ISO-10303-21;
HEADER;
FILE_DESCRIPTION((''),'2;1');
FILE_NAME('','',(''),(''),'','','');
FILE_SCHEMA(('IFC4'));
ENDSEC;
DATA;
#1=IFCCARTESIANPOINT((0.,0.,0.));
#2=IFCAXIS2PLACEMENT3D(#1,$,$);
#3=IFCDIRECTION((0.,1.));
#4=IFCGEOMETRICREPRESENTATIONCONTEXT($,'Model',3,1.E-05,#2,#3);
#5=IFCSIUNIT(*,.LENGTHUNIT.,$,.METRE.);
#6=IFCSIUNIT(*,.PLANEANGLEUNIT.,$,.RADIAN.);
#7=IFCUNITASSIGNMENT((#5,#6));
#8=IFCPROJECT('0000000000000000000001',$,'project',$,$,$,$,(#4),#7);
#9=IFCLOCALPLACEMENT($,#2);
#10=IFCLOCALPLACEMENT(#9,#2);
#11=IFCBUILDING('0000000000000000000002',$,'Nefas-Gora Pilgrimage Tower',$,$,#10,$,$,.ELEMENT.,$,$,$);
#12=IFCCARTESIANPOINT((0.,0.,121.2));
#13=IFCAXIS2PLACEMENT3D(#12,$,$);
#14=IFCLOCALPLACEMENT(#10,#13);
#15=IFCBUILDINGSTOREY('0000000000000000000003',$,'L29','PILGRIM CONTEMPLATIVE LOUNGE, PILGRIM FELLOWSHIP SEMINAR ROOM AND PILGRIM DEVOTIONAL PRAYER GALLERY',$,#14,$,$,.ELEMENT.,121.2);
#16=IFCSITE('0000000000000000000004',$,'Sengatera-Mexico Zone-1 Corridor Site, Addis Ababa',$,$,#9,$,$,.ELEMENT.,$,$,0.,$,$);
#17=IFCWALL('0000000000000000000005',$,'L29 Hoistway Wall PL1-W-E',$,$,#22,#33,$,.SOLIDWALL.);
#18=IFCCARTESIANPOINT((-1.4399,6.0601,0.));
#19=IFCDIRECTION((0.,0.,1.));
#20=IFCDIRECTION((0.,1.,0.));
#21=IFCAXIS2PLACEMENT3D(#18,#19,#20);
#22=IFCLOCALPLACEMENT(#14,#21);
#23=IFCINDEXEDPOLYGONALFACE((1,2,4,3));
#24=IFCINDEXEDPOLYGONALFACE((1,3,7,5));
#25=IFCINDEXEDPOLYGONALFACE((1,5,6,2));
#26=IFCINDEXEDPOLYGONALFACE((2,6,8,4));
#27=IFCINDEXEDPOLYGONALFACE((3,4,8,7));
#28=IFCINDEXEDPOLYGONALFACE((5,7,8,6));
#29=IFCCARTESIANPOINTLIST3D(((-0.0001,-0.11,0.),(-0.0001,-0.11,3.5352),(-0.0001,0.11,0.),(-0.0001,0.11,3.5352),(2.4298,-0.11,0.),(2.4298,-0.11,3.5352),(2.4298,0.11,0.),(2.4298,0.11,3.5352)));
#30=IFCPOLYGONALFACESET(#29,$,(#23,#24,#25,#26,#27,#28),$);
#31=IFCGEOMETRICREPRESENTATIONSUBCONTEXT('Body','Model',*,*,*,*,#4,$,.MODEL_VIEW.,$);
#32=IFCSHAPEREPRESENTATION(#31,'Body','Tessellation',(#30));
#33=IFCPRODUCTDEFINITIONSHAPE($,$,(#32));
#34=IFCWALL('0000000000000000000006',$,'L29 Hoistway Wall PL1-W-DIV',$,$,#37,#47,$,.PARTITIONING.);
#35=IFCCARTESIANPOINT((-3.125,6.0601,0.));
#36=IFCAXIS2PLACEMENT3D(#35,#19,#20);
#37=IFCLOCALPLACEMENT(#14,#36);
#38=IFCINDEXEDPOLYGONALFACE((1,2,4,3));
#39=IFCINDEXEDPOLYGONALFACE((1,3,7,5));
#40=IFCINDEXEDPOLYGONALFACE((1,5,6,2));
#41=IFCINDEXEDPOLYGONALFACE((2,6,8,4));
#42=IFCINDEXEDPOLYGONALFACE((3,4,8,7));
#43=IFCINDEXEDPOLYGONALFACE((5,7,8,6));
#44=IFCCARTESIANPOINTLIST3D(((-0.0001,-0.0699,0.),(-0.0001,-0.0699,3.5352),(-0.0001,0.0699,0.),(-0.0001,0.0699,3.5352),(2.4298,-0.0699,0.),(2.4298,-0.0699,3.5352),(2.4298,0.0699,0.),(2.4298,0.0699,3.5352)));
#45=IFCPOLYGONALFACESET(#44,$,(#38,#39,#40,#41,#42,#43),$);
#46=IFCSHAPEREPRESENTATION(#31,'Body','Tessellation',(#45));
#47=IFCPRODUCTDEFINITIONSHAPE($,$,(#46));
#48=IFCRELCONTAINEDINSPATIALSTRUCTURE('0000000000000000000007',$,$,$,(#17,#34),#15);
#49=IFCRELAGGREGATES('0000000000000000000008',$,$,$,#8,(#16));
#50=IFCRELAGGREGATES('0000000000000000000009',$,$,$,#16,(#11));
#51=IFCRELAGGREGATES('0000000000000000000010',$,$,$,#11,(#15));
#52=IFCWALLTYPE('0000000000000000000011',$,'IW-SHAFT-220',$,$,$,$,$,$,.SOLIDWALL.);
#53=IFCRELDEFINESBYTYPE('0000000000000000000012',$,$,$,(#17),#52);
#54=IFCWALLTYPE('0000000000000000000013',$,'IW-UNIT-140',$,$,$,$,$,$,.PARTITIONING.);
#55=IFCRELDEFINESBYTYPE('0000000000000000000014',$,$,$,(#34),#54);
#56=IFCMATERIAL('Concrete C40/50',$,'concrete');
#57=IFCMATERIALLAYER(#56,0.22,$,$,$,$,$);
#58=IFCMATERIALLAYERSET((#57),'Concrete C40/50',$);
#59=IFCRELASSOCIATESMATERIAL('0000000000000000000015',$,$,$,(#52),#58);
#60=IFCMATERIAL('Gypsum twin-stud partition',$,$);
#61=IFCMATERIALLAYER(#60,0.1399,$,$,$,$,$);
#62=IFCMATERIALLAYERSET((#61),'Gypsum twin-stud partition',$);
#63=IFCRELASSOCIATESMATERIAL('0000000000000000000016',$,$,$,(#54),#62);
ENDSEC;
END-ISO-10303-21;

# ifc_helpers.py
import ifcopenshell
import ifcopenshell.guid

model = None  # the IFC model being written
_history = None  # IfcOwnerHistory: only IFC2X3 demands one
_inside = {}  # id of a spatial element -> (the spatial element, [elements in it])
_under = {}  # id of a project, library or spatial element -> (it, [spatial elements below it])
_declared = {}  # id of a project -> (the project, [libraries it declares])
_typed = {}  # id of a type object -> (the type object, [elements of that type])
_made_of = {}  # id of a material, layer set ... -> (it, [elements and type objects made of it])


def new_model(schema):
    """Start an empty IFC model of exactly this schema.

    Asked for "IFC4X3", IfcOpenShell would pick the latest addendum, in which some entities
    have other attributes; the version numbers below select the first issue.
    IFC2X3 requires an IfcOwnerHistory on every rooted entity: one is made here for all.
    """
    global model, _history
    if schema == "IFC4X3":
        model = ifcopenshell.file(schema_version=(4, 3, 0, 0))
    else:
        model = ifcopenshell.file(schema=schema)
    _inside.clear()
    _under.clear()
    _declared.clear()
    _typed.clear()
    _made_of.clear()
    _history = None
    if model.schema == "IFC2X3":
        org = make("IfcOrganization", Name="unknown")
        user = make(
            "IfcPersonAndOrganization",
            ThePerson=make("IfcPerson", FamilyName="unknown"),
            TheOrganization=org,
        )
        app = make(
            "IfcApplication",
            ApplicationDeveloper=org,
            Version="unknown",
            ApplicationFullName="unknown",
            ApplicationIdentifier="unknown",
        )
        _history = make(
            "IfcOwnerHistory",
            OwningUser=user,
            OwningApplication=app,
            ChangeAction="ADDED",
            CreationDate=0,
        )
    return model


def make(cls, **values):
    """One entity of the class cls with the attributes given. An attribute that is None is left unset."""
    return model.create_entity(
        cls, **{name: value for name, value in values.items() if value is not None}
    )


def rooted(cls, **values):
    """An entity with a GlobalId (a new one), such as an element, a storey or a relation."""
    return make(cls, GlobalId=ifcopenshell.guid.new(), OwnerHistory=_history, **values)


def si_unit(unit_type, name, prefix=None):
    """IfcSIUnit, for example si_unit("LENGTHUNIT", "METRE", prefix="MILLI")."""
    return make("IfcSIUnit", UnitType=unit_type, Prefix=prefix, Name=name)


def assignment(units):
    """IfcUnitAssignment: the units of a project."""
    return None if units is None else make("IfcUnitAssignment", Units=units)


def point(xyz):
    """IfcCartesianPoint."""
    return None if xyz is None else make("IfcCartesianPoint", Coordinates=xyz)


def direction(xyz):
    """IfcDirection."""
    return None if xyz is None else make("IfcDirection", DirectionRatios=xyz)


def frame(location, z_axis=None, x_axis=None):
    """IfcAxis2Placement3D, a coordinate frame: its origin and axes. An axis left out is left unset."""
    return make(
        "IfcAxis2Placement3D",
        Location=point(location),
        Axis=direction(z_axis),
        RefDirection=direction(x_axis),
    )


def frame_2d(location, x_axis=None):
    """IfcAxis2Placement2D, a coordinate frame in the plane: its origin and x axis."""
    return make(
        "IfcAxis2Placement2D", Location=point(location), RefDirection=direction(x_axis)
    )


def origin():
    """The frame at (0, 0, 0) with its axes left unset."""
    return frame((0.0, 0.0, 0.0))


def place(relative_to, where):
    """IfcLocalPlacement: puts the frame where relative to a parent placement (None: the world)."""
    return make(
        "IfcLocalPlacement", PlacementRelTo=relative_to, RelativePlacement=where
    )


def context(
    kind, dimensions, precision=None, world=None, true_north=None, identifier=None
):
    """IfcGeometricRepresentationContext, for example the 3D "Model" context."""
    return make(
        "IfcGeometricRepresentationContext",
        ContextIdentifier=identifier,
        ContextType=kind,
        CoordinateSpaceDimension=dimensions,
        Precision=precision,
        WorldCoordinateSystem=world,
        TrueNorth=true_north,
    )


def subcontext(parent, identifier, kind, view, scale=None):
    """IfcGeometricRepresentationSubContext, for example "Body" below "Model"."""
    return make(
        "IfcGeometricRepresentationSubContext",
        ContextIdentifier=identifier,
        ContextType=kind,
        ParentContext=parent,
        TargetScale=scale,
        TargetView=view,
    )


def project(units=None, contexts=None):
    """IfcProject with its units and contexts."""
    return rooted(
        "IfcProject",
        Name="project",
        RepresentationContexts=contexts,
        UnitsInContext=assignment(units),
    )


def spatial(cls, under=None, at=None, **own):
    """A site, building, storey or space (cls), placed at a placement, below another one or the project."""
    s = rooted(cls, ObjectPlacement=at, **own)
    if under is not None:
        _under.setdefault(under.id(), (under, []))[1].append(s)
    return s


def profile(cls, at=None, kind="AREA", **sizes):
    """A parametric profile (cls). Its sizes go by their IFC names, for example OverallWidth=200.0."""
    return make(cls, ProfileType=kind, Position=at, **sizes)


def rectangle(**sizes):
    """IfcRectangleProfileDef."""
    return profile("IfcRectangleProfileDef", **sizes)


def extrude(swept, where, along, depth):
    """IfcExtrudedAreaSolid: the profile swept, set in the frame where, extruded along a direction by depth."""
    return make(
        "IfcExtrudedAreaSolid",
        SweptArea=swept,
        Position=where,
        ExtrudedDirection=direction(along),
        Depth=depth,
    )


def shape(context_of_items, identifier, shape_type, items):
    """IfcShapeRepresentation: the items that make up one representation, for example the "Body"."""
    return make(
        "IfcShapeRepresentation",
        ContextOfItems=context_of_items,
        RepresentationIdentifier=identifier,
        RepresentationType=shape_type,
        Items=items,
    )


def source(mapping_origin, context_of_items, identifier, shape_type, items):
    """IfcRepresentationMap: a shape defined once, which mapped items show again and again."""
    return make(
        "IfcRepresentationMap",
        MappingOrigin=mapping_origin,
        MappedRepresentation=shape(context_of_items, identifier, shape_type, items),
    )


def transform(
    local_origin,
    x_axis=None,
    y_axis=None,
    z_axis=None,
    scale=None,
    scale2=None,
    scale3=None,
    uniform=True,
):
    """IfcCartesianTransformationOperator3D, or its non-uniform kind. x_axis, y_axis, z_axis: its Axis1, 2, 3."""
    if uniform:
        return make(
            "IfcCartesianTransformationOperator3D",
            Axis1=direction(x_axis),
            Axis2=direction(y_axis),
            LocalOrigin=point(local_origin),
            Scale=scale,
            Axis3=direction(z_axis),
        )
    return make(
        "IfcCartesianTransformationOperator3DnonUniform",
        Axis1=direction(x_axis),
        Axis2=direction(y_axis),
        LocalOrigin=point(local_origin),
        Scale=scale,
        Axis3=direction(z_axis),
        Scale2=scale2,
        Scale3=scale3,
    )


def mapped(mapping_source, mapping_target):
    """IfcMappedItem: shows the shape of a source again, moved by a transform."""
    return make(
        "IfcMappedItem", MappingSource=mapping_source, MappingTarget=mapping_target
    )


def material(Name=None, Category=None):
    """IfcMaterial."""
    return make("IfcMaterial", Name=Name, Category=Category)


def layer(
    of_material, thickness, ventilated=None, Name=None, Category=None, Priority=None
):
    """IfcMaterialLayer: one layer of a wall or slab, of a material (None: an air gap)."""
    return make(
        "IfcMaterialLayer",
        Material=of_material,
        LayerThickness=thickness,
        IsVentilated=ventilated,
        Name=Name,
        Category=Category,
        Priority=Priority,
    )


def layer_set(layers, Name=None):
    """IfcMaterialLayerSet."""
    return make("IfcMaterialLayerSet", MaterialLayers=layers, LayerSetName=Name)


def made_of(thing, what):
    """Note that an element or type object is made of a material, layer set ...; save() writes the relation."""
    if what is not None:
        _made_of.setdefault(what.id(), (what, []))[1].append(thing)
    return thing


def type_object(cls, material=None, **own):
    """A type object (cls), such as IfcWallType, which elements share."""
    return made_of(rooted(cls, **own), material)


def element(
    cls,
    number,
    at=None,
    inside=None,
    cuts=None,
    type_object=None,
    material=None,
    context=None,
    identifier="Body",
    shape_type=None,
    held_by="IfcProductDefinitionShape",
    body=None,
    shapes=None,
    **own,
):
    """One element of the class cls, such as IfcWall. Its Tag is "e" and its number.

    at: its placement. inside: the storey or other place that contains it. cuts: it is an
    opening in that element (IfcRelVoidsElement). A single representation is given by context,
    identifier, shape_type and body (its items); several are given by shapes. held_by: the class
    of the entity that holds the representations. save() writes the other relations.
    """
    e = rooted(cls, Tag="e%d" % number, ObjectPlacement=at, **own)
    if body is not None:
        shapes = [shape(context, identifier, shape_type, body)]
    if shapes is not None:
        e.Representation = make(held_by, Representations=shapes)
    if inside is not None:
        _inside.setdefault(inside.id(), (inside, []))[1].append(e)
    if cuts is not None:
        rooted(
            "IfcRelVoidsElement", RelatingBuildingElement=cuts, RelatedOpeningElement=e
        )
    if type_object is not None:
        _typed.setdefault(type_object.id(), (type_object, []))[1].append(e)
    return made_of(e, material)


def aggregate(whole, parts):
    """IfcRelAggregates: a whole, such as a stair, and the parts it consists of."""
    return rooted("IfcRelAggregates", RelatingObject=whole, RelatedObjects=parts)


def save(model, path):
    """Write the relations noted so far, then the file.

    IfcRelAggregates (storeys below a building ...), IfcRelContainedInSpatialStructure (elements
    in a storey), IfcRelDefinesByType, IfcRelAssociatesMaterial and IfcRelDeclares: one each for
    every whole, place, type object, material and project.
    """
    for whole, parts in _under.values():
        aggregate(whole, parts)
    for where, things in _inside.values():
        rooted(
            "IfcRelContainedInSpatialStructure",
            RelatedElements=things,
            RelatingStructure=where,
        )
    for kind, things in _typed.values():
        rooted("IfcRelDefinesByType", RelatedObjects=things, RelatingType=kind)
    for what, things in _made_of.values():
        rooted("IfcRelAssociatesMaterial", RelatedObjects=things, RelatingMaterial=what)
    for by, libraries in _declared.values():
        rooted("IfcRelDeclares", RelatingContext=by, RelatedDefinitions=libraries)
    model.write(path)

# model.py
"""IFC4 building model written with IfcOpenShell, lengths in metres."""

from ifc_helpers import new_model, si_unit, direction, frame, frame_2d, origin, place, context, subcontext, project, spatial, rectangle, extrude, source, transform, mapped, material, layer, layer_set, type_object, element, save


model = new_model("IFC4")

# Units and contexts
model_context = context("Model", 3, precision=1e-05, world=origin(), true_north=direction((0.0, 1.0)))
body_context = subcontext(model_context, "Body", "Model", "MODEL_VIEW")
ifc_project = project(units=[si_unit("LENGTHUNIT", "METRE"), si_unit("PLANEANGLEUNIT", "RADIAN")], contexts=[model_context])

# Site, building, storey
site_placement = place(None, origin())
site = spatial("IfcSite", under=ifc_project, at=site_placement, Name="Sengatera-Mexico Zone-1 Corridor Site, Addis Ababa", CompositionType="ELEMENT", RefElevation=0.0)
building_placement = place(site_placement, origin())
building = spatial("IfcBuilding", under=site, at=building_placement, Name="Nefas-Gora Pilgrimage Tower", CompositionType="ELEMENT")
storey_placement = place(building_placement, frame((0.0, 0.0, 121.2)))
storey = spatial("IfcBuildingStorey", under=building, at=storey_placement, Name="L29", Description="PILGRIM CONTEMPLATIVE LOUNGE, PILGRIM FELLOWSHIP SEMINAR ROOM AND PILGRIM DEVOTIONAL PRAYER GALLERY", CompositionType="ELEMENT", Elevation=121.2)

# Shared definitions
ifc_material_1 = material(Name="Concrete C40/50", Category="concrete")

# Shared definitions
ifc_layer_1 = layer(ifc_material_1, 0.22)
ifc_layer_set_1 = layer_set([ifc_layer_1], Name="Concrete C40/50")
wall_type_1 = type_object("IfcWallType", Name="IW-SHAFT-220", PredefinedType="SOLIDWALL", material=ifc_layer_set_1)

# Walls
shared_shape_1 = source(origin(), body_context, "Body", "SweptSolid", [
    extrude(rectangle(XDim=2.4299, YDim=0.22, at=frame_2d((1.2148, 0.0))), origin(), (0.0, 0.0, 1.0), 3.5352),
])
for number, where, z_axis, x_axis, name in (
    (1, (-1.4399, 6.0601, 0.0), (0.0, 0.0, 1.0), (0.0, 1.0, 0.0), "L29 Hoistway Wall PL1-W-E"),
):
    element("IfcWall", number, at=place(storey_placement, frame(where, z_axis=z_axis, x_axis=x_axis)), inside=storey, type_object=wall_type_1, Name=name, PredefinedType="SOLIDWALL", context=body_context, shape_type="MappedRepresentation", body=[
        mapped(shared_shape_1, transform((0.0, 0.0, 0.0), x_axis=(1.0, 0.0, 0.0), y_axis=(0.0, 1.0, 0.0), z_axis=(0.0, 0.0, 1.0), scale=1.0)),
    ])
ifc_material_2 = material(Name="Gypsum twin-stud partition")
ifc_layer_2 = layer(ifc_material_2, 0.1399)
ifc_layer_set_2 = layer_set([ifc_layer_2], Name="Gypsum twin-stud partition")
wall_type_2 = type_object("IfcWallType", Name="IW-UNIT-140", PredefinedType="PARTITIONING", material=ifc_layer_set_2)
shared_shape_2 = source(origin(), body_context, "Body", "SweptSolid", [
    extrude(rectangle(XDim=2.4299, YDim=0.1399, at=frame_2d((1.2148, 0.0))), origin(), (0.0, 0.0, 1.0), 3.5352),
])
wall_1_placement = place(storey_placement, frame((-3.125, 6.0601, 0.0), z_axis=(0.0, 0.0, 1.0), x_axis=(0.0, 1.0, 0.0)))
element("IfcWall", 2, at=wall_1_placement, inside=storey, type_object=wall_type_2, Name="L29 Hoistway Wall PL1-W-DIV", PredefinedType="PARTITIONING", context=body_context, shape_type="MappedRepresentation", body=[
    mapped(shared_shape_2, transform((0.0, 0.0, 0.0), x_axis=(1.0, 0.0, 0.0), y_axis=(0.0, 1.0, 0.0), z_axis=(0.0, 0.0, 1.0), scale=1.0)),
])

save(model, "model.ifc")
